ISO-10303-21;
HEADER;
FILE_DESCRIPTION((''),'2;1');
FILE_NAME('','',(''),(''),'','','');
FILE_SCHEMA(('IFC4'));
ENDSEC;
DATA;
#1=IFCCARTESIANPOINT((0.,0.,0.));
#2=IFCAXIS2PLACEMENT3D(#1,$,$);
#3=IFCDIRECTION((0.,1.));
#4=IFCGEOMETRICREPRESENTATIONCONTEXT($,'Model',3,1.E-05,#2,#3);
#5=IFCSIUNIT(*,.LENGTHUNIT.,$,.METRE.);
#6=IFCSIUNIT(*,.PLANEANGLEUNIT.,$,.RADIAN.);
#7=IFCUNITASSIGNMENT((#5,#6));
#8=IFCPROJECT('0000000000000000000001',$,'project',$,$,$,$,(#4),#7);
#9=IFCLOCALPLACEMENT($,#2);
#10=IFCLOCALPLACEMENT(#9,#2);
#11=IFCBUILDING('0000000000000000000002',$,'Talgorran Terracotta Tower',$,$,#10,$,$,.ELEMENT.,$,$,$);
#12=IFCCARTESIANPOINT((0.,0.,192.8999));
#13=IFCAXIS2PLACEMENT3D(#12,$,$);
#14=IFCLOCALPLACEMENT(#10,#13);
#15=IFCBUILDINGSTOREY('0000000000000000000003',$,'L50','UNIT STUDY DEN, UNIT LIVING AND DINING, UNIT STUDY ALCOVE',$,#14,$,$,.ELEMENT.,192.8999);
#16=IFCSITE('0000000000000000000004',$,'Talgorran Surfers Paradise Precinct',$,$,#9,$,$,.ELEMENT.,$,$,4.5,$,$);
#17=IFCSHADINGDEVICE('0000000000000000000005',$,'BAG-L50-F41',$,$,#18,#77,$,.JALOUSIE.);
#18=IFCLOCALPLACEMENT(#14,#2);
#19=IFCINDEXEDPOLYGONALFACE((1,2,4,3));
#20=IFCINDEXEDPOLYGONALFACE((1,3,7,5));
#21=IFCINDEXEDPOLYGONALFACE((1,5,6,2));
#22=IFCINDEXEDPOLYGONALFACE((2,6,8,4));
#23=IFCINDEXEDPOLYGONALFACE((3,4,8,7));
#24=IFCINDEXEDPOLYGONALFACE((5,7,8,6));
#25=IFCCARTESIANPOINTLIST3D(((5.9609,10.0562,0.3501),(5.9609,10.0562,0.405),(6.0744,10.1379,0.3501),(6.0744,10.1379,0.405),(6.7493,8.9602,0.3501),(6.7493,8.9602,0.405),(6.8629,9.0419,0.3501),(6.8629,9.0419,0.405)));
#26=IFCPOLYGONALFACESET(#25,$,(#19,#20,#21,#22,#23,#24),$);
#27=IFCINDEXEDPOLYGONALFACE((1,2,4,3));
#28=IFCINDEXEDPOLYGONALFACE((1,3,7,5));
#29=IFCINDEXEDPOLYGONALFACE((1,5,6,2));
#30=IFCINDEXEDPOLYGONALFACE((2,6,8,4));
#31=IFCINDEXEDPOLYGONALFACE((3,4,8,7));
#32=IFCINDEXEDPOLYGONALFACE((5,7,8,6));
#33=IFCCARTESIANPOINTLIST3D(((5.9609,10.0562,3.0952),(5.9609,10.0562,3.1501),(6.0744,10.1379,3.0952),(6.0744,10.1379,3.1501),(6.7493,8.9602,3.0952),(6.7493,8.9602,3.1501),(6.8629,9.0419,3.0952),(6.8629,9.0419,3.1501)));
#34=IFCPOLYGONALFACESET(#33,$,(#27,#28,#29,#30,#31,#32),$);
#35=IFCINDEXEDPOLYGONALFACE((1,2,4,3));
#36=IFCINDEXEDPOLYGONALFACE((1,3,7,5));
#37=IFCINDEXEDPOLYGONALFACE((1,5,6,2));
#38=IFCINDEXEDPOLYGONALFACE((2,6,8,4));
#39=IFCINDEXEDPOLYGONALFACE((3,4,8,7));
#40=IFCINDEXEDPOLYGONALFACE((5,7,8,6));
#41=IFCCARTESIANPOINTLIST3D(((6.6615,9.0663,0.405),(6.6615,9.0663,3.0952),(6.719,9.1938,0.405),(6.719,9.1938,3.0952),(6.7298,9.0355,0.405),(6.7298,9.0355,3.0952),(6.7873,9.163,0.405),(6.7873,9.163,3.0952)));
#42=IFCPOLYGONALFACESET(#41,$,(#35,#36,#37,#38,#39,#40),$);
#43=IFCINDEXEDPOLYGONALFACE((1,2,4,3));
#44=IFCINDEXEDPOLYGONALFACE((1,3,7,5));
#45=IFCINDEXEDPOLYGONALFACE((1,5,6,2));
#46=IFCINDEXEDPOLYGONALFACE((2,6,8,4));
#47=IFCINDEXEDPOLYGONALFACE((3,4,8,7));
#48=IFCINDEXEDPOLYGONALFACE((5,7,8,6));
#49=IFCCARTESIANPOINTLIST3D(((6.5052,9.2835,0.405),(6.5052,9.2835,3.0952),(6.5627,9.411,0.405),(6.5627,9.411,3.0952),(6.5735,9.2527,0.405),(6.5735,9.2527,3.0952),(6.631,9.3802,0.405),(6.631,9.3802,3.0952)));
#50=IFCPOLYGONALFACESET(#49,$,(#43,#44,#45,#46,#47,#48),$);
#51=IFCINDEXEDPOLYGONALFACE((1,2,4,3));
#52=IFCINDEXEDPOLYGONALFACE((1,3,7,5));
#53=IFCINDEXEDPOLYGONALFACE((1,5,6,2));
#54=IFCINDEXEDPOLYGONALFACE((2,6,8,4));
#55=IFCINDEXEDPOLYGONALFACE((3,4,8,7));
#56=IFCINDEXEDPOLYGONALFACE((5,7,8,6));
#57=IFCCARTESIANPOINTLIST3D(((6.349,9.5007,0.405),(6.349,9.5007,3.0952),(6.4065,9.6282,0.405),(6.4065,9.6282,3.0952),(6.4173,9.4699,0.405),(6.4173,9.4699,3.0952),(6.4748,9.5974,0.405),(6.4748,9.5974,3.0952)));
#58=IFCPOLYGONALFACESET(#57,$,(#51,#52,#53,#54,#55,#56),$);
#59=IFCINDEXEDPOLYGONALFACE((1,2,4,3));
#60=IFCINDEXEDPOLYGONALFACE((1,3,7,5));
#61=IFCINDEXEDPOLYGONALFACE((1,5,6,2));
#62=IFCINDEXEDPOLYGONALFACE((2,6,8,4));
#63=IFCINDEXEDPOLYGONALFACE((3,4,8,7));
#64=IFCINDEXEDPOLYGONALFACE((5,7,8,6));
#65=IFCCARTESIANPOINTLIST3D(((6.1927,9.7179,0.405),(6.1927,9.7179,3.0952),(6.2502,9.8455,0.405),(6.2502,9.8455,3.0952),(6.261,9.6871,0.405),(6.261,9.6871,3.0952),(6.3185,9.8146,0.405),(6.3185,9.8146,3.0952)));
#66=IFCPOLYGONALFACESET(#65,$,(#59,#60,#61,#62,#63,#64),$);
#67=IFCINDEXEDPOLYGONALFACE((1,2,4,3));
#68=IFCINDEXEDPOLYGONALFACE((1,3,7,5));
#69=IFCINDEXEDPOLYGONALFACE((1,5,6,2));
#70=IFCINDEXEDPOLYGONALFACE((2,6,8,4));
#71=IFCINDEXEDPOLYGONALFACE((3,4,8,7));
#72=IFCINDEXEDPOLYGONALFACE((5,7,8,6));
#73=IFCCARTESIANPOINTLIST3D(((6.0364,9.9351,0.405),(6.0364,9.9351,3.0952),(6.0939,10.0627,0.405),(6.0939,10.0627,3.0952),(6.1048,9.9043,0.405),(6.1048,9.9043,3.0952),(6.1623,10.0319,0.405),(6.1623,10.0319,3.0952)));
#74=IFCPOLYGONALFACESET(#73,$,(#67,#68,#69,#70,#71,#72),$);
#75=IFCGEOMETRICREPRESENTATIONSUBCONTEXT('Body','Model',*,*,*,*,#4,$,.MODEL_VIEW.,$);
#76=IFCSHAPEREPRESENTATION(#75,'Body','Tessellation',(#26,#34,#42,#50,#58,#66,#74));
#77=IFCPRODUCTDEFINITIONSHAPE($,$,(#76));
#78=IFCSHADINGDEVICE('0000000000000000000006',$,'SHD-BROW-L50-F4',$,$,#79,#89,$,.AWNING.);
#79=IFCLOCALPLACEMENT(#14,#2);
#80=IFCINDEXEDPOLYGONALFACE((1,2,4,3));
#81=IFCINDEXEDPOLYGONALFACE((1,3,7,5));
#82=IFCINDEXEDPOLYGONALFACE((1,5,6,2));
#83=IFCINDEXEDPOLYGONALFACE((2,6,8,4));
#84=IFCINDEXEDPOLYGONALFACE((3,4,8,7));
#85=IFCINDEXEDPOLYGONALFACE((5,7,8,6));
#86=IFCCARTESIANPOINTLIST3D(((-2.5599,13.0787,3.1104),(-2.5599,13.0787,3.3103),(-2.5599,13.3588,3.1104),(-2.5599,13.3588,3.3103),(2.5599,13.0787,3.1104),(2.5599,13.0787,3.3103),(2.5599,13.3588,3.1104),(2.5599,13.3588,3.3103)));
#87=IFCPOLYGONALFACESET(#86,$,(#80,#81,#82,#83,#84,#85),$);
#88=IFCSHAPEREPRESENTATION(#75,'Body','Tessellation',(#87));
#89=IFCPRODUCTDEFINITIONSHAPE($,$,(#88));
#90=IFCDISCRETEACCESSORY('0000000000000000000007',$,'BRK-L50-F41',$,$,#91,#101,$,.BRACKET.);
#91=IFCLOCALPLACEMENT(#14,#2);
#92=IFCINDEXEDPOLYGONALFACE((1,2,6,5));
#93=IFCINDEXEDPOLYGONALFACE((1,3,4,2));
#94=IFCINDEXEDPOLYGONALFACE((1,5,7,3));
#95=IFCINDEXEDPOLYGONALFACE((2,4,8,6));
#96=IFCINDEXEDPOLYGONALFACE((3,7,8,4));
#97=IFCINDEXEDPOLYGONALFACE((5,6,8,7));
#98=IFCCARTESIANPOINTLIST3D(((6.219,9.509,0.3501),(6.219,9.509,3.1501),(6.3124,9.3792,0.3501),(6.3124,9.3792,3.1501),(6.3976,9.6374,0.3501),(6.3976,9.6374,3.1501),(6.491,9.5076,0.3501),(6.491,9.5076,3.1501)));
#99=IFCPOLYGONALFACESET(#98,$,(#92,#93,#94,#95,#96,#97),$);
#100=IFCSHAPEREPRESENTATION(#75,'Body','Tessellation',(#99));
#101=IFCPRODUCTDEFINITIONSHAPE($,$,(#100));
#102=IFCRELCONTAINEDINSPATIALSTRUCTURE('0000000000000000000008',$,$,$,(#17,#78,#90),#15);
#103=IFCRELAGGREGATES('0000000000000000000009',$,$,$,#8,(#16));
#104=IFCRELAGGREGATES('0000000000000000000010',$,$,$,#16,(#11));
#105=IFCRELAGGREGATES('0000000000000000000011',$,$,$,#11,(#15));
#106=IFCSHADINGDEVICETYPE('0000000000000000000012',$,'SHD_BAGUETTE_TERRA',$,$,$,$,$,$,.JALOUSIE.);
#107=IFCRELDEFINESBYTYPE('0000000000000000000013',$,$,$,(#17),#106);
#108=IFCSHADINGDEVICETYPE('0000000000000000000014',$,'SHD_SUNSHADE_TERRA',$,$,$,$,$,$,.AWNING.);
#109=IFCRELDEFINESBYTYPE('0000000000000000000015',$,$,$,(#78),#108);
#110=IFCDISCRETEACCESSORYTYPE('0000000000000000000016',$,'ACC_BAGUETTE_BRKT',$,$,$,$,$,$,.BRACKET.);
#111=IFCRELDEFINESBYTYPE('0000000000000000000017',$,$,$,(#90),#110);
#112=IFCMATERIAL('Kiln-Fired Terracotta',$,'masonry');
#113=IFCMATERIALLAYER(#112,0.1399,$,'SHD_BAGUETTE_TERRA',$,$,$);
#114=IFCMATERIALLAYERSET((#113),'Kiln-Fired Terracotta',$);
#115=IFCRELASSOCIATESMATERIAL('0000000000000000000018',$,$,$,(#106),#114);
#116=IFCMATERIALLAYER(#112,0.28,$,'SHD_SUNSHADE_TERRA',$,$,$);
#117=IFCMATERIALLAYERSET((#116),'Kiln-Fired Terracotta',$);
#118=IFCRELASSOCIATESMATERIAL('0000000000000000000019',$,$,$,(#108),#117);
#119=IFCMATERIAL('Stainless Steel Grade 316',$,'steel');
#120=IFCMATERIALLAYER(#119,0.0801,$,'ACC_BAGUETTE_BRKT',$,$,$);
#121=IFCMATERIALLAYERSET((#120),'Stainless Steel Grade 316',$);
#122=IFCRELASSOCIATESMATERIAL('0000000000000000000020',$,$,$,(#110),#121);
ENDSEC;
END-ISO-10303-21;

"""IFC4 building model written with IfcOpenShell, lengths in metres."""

from ifc_helpers import new_model, si_unit, direction, frame, origin, origin_2d, place, context, subcontext, project, spatial, rectangle, extrude, source, transform, mapped, material, layer, layer_set, type_object, type_shapes, element, save


model = new_model("IFC4")

# Units and contexts
model_context = context("Model", 3, precision=1e-05, world=origin(), true_north=direction((0.0, 1.0)))
body_context = subcontext(model_context, "Body", "Model", "MODEL_VIEW")
ifc_project = project(units=[si_unit("LENGTHUNIT", "METRE"), si_unit("PLANEANGLEUNIT", "RADIAN")], contexts=[model_context])

# Site, building, storey
site_placement = place(None, origin())
site = spatial("IfcSite", under=ifc_project, at=site_placement, Name="Talgorran Surfers Paradise Precinct", CompositionType="ELEMENT", RefElevation=4.5)
building_placement = place(site_placement, origin())
building = spatial("IfcBuilding", under=site, at=building_placement, Name="Talgorran Terracotta Tower", CompositionType="ELEMENT")
storey_placement = place(building_placement, frame((0.0, 0.0, 192.8999)))
storey = spatial("IfcBuildingStorey", under=building, at=storey_placement, Name="L50", Description="UNIT STUDY DEN, UNIT LIVING AND DINING, UNIT STUDY ALCOVE", CompositionType="ELEMENT", Elevation=192.8999)

# Shading devices
ifc_material_1 = material(Name="Kiln-Fired Terracotta", Category="masonry")
ifc_layer_1 = layer(ifc_material_1, 0.1399, Name="SHD_BAGUETTE_TERRA")
ifc_layer_set_1 = layer_set([ifc_layer_1], Name="Kiln-Fired Terracotta")
shading_device_type_1 = type_object("IfcShadingDeviceType", Name="SHD_BAGUETTE_TERRA", PredefinedType="JALOUSIE", material=ifc_layer_set_1)
shared_shape_1 = source(origin(), body_context, "Body", "SweptSolid", [
    extrude(rectangle(XDim=1.3501, YDim=0.1399, at=origin_2d()), origin(), (0.0, 0.0, 1.0), 0.0549),
    extrude(rectangle(XDim=1.3501, YDim=0.1399, at=origin_2d()), frame((0.0, 0.0, 2.7451)), (0.0, 0.0, 1.0), 0.0549),
    extrude(rectangle(XDim=0.075, YDim=0.1399, at=origin_2d()), frame((-0.5352, 0.0, 0.0549), z_axis=(0.0, 0.0, 1.0), x_axis=(0.866025, 0.5, 0.0)), (0.0, 0.0, 1.0), 2.6902),
    extrude(rectangle(XDim=0.075, YDim=0.1399, at=origin_2d()), frame((-0.2676, 0.0, 0.0549), z_axis=(0.0, 0.0, 1.0), x_axis=(0.866025, 0.5, 0.0)), (0.0, 0.0, 1.0), 2.6902),
    extrude(rectangle(XDim=0.075, YDim=0.1399, at=origin_2d()), frame((0.0, 0.0, 0.0549), z_axis=(0.0, 0.0, 1.0), x_axis=(0.866025, 0.5, 0.0)), (0.0, 0.0, 1.0), 2.6902),
    extrude(rectangle(XDim=0.075, YDim=0.1399, at=origin_2d()), frame((0.2676, 0.0, 0.0549), z_axis=(0.0, 0.0, 1.0), x_axis=(0.866025, 0.5, 0.0)), (0.0, 0.0, 1.0), 2.6902),
    extrude(rectangle(XDim=0.075, YDim=0.1399, at=origin_2d()), frame((0.5352, 0.0, 0.0549), z_axis=(0.0, 0.0, 1.0), x_axis=(0.866025, 0.5, 0.0)), (0.0, 0.0, 1.0), 2.6902),
])
type_shapes(shading_device_type_1, [shared_shape_1])
shading_device_1_placement = place(storey_placement, frame((6.4119, 9.5491, 0.3501), z_axis=(0.0, 0.0, 1.0), x_axis=(-0.583981, 0.811768, 0.0)))
element("IfcShadingDevice", 1, at=shading_device_1_placement, inside=storey, type_object=shading_device_type_1, Name="BAG-L50-F41", PredefinedType="JALOUSIE", context=body_context, shape_type="MappedRepresentation", body=[
    mapped(shared_shape_1, transform((0.0, 0.0, 0.0), scale=1.0)),
])
ifc_layer_2 = layer(ifc_material_1, 0.28, Name="SHD_SUNSHADE_TERRA")
ifc_layer_set_2 = layer_set([ifc_layer_2], Name="Kiln-Fired Terracotta")
shading_device_type_2 = type_object("IfcShadingDeviceType", Name="SHD_SUNSHADE_TERRA", PredefinedType="AWNING", material=ifc_layer_set_2)
shared_shape_2 = source(origin(), body_context, "Body", "SweptSolid", [
    extrude(rectangle(XDim=5.1199, YDim=0.28, at=origin_2d()), origin(), (0.0, 0.0, 1.0), 0.2),
])
type_shapes(shading_device_type_2, [shared_shape_2])
shading_device_2_placement = place(storey_placement, frame((0.0, 13.2188, 3.1104), z_axis=(0.0, 0.0, 1.0), x_axis=(-1.0, 0.0, 0.0)))
element("IfcShadingDevice", 2, at=shading_device_2_placement, inside=storey, type_object=shading_device_type_2, Name="SHD-BROW-L50-F4", PredefinedType="AWNING", context=body_context, shape_type="MappedRepresentation", body=[
    mapped(shared_shape_2, transform((0.0, 0.0, 0.0), scale=1.0)),
])

# Discrete accessory
ifc_material_2 = material(Name="Stainless Steel Grade 316", Category="steel")
ifc_layer_3 = layer(ifc_material_2, 0.0801, Name="ACC_BAGUETTE_BRKT")
ifc_layer_set_3 = layer_set([ifc_layer_3], Name="Stainless Steel Grade 316")
discrete_accessory_type = type_object("IfcDiscreteAccessoryType", Name="ACC_BAGUETTE_BRKT", PredefinedType="BRACKET", material=ifc_layer_set_3)
shared_shape_3 = source(origin(), body_context, "Body", "SweptSolid", [
    extrude(rectangle(XDim=0.1599, YDim=0.22, at=origin_2d()), origin(), (0.0, 0.0, 1.0), 2.8),
])
type_shapes(discrete_accessory_type, [shared_shape_3])
discrete_accessory_placement = place(storey_placement, frame((6.355, 9.5083, 0.3501), z_axis=(0.0, 0.0, 1.0), x_axis=(-0.583981, 0.811768, 0.0)))
element("IfcDiscreteAccessory", 3, at=discrete_accessory_placement, inside=storey, type_object=discrete_accessory_type, Name="BRK-L50-F41", PredefinedType="BRACKET", context=body_context, shape_type="MappedRepresentation", body=[
    mapped(shared_shape_3, transform((0.0, 0.0, 0.0), scale=1.0)),
])

save(model, "model.ifc")
